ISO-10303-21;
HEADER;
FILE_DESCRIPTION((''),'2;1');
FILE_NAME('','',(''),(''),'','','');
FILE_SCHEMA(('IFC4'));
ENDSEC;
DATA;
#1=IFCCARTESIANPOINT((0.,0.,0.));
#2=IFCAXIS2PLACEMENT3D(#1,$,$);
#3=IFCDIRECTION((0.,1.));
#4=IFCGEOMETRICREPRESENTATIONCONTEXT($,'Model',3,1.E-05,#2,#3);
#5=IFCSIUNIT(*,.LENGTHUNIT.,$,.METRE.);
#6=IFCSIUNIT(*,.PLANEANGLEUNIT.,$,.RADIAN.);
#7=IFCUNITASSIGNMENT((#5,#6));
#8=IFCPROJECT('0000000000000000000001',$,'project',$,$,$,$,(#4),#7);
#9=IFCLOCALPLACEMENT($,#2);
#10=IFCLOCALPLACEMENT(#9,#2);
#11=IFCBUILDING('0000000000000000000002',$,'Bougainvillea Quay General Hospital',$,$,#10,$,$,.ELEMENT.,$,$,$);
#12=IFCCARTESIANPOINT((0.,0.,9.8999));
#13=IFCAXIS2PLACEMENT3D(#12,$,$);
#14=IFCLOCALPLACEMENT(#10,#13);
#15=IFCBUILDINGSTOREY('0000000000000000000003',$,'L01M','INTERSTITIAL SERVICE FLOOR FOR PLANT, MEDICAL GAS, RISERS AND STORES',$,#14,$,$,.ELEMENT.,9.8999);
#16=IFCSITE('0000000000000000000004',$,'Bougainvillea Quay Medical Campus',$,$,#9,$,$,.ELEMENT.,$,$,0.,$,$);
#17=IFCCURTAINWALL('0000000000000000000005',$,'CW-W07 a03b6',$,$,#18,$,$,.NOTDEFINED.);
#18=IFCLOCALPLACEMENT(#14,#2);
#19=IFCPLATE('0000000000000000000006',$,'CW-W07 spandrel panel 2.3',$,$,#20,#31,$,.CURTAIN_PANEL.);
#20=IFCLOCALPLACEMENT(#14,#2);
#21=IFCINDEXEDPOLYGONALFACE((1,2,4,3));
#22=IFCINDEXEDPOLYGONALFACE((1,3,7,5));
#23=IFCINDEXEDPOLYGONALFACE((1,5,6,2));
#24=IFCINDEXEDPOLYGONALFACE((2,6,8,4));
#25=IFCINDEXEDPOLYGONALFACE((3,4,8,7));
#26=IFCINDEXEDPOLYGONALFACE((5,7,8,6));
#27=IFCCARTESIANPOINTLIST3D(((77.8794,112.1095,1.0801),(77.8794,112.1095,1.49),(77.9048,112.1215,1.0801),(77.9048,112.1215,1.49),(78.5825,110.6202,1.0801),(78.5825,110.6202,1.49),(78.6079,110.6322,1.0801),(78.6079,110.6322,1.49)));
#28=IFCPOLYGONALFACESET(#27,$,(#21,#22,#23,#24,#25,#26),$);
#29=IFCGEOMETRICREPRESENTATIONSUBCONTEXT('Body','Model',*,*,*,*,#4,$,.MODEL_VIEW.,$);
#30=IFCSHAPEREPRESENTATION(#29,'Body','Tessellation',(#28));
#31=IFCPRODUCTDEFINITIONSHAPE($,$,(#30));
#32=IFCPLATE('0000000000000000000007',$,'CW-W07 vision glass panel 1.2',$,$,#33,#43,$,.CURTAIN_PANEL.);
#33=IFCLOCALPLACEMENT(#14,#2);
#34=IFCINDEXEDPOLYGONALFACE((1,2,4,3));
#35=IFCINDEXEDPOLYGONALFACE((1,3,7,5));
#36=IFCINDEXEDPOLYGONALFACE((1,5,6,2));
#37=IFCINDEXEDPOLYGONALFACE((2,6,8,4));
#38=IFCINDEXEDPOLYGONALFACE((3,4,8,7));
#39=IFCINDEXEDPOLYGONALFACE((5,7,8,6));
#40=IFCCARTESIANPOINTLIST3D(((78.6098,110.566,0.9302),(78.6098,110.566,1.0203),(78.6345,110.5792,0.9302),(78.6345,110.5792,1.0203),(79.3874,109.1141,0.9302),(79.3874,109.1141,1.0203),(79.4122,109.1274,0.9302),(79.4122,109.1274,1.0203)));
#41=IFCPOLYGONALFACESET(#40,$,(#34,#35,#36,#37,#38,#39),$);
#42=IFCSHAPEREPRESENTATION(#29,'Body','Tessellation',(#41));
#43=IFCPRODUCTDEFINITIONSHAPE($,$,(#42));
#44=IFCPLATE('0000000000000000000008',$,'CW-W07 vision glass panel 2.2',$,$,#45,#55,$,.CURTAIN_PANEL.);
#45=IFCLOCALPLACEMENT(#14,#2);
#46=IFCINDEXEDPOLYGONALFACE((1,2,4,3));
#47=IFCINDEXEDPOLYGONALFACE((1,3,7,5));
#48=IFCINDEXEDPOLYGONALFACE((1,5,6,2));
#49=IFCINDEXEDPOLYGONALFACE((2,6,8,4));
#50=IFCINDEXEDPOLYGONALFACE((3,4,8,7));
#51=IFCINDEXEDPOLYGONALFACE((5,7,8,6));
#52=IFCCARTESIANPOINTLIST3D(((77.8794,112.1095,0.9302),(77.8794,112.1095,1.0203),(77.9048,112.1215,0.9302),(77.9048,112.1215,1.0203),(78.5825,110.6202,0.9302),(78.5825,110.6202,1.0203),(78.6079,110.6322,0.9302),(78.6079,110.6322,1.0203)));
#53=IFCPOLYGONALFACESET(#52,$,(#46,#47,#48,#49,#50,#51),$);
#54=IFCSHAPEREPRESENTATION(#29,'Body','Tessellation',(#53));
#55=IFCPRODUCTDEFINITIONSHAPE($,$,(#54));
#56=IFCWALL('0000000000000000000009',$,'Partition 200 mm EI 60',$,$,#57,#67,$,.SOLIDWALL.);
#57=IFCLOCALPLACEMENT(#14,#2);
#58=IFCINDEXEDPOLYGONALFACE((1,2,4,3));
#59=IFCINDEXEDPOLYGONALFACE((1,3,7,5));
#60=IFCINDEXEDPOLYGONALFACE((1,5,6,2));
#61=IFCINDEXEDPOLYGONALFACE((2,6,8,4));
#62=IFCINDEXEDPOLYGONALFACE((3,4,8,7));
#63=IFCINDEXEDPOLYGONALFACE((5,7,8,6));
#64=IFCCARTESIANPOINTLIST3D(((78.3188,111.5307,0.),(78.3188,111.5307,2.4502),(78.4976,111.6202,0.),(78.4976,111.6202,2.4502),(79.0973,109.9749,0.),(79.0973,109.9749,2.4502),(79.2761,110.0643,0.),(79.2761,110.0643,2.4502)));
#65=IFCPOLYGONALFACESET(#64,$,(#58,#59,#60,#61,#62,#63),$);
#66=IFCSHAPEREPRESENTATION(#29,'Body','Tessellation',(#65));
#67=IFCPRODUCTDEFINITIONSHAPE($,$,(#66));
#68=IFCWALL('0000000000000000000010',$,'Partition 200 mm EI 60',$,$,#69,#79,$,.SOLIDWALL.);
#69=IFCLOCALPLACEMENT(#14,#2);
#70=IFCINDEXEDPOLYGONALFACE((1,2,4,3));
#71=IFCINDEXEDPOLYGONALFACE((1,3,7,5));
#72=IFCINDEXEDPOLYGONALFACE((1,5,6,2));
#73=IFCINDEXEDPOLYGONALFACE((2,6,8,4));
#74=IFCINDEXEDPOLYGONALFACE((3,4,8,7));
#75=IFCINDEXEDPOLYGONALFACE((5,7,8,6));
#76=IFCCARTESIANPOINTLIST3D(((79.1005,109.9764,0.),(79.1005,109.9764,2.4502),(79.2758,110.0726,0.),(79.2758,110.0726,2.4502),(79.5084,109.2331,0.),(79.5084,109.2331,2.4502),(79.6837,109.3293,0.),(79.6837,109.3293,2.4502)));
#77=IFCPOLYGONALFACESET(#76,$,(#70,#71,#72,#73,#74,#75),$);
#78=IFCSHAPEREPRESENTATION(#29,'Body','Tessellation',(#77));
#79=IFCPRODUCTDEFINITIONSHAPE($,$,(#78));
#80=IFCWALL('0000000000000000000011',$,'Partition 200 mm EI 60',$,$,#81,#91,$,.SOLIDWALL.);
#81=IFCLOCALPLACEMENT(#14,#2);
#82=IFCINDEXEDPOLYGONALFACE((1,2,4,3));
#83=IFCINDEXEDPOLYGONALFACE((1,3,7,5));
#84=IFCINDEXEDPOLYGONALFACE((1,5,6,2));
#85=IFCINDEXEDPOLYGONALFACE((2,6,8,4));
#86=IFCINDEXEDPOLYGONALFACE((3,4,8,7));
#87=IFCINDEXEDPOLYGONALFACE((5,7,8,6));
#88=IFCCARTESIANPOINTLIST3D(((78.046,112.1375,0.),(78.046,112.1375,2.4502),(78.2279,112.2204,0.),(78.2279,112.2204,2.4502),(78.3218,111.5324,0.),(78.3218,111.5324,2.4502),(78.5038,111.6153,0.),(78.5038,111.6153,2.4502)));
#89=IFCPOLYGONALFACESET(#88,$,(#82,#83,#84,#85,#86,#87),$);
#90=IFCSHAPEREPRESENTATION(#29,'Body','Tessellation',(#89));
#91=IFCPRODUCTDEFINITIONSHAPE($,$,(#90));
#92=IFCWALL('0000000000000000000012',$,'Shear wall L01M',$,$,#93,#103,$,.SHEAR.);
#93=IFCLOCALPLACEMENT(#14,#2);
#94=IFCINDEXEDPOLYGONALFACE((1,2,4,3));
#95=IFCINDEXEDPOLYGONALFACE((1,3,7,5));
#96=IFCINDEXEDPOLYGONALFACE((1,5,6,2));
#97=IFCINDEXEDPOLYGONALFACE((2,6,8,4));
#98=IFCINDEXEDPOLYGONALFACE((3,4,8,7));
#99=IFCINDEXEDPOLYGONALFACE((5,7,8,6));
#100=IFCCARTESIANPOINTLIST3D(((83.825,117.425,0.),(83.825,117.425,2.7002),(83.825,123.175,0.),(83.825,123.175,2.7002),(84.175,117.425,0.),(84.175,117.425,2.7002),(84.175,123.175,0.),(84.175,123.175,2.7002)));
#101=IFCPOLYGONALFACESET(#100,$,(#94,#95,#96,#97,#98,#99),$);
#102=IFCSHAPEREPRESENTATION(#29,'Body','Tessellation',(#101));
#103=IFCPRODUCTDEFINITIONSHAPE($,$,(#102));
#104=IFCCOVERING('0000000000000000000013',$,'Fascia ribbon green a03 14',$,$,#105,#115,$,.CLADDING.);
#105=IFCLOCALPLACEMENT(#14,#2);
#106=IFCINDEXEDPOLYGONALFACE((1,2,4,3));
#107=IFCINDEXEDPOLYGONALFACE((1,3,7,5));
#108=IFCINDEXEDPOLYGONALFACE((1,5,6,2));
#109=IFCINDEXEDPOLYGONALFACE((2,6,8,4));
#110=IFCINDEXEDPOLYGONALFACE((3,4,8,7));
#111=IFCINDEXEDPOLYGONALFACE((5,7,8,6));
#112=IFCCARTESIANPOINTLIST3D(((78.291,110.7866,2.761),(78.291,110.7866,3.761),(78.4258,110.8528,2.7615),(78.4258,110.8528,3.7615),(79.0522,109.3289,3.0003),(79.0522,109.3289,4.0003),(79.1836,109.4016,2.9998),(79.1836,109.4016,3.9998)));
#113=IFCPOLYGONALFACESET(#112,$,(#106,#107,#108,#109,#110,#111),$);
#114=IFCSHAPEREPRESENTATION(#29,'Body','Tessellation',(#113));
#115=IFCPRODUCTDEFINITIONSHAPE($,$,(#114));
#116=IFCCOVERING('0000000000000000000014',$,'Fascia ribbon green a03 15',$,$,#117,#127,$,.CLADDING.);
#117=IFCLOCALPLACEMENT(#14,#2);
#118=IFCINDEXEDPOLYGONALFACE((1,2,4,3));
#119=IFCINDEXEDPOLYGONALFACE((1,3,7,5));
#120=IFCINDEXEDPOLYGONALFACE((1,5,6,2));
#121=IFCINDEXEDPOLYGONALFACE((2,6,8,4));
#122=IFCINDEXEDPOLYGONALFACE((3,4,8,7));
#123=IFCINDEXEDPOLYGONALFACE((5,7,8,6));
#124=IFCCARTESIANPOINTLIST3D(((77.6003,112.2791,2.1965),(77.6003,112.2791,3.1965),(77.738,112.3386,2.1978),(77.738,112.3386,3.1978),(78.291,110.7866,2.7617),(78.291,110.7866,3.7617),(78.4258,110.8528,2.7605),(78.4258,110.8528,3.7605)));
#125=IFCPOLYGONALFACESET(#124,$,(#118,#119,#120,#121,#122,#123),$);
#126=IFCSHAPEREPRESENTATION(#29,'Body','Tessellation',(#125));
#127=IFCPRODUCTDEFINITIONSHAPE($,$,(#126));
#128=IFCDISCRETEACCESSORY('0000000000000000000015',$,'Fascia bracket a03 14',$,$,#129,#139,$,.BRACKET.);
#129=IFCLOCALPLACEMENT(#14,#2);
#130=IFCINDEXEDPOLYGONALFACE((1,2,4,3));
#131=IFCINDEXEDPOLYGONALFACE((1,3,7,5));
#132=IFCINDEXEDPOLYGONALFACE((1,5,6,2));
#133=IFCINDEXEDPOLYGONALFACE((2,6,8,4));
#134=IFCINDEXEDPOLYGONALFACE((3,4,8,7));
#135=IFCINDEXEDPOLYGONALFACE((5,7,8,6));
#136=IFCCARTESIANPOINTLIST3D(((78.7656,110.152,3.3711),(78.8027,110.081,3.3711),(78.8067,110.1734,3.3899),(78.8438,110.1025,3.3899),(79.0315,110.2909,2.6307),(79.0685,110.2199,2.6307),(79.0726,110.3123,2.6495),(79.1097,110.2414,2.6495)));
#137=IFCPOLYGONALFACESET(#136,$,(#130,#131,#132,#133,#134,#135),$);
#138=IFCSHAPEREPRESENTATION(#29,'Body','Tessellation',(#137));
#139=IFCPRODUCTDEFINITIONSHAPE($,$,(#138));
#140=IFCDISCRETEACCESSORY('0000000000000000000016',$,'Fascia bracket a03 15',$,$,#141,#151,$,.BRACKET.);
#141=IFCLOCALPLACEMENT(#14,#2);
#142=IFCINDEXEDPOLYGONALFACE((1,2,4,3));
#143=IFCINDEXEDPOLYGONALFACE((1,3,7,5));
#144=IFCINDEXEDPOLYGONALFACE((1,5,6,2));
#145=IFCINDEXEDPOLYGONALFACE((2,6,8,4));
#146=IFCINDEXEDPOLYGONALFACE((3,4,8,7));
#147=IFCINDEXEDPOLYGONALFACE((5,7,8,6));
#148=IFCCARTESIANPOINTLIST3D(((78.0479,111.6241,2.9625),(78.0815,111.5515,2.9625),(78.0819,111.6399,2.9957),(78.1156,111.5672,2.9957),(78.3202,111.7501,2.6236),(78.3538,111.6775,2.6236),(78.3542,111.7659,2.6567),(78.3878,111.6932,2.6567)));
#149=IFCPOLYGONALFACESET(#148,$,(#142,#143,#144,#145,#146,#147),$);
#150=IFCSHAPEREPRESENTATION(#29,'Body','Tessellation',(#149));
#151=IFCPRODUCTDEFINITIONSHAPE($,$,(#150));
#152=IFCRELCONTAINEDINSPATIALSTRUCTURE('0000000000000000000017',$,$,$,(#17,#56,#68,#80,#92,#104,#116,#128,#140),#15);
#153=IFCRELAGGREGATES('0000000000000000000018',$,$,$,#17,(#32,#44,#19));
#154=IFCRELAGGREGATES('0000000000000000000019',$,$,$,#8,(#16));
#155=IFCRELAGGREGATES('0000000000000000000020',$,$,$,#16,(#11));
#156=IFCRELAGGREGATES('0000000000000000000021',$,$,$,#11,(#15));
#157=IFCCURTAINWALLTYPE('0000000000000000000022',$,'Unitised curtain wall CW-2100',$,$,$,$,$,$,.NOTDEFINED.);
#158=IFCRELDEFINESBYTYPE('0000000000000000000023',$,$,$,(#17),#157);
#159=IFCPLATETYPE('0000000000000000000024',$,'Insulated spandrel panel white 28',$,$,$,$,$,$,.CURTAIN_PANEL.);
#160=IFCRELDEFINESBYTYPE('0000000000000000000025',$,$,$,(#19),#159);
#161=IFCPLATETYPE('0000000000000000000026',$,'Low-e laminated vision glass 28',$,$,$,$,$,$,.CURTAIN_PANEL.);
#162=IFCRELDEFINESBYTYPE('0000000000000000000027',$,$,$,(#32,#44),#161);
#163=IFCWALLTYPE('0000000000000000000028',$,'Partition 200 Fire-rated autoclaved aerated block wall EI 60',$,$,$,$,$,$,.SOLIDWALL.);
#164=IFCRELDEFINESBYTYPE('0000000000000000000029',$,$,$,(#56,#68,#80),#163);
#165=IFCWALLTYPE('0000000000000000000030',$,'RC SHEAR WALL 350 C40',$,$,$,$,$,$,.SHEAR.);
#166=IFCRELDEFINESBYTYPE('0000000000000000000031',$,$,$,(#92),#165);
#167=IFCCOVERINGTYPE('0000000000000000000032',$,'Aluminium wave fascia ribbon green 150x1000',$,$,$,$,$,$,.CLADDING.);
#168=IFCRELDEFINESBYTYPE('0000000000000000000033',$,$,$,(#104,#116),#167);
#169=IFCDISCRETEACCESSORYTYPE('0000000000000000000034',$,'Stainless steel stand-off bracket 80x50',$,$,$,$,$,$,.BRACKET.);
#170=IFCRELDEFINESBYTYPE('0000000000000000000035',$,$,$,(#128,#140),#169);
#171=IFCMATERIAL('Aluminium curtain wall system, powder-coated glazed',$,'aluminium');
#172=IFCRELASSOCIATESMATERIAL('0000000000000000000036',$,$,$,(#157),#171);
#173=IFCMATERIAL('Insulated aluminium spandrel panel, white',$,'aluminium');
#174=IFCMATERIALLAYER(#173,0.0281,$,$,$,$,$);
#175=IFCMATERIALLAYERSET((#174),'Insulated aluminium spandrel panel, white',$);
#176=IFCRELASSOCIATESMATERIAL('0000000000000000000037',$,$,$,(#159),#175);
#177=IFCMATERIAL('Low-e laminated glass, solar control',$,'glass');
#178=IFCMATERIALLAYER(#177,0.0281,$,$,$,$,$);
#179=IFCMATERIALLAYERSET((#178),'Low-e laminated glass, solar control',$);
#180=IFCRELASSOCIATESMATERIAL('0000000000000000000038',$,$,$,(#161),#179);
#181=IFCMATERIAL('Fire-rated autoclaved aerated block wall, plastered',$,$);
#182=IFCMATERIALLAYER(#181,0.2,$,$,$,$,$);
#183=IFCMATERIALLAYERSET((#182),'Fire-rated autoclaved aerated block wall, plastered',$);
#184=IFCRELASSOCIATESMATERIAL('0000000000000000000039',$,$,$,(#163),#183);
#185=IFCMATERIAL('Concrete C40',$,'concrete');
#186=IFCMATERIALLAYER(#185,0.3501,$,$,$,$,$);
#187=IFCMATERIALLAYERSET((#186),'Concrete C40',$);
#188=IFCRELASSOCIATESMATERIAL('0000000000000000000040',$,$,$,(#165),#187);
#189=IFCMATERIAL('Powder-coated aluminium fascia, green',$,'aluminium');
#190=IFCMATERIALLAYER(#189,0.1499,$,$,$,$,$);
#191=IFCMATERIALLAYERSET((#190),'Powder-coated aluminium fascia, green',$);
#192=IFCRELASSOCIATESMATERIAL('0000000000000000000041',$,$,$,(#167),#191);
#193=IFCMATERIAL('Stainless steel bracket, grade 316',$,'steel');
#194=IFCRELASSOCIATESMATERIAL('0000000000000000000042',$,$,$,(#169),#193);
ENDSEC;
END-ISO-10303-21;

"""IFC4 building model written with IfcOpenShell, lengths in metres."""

from ifc_helpers import new_model, si_unit, direction, frame, frame_2d, origin, origin_2d, place, context, subcontext, project, spatial, polyline, rectangle, outline, extrude, material, layer, layer_set, material_profile, profile_set, type_object, element, aggregate, save


model = new_model("IFC4")

# Units and contexts
model_context = context("Model", 3, precision=1e-05, world=origin(), true_north=direction((0.0, 1.0)))
body_context = subcontext(model_context, "Body", "Model", "MODEL_VIEW")
ifc_project = project(units=[si_unit("LENGTHUNIT", "METRE"), si_unit("PLANEANGLEUNIT", "RADIAN")], contexts=[model_context])

# Site, building, storey
site_placement = place(None, origin())
site = spatial("IfcSite", under=ifc_project, at=site_placement, Name="Bougainvillea Quay Medical Campus", CompositionType="ELEMENT", RefElevation=0.0)
building_placement = place(site_placement, origin())
building = spatial("IfcBuilding", under=site, at=building_placement, Name="Bougainvillea Quay General Hospital", CompositionType="ELEMENT")
storey_placement = place(building_placement, frame((0.0, 0.0, 9.8999)))
storey = spatial("IfcBuildingStorey", under=building, at=storey_placement, Name="L01M", Description="INTERSTITIAL SERVICE FLOOR FOR PLANT, MEDICAL GAS, RISERS AND STORES", CompositionType="ELEMENT", Elevation=9.8999)

# Curtain wall
ifc_material_1 = material(Name="Aluminium curtain wall system, powder-coated glazed", Category="aluminium")
curtain_wall_type = type_object("IfcCurtainWallType", Name="Unitised curtain wall CW-2100", PredefinedType="NOTDEFINED", material=ifc_material_1)
curtain_wall_1_placement = place(storey_placement, origin())
curtain_wall_1 = element("IfcCurtainWall", 1, at=curtain_wall_1_placement, inside=storey, type_object=curtain_wall_type, Name="CW-W07 a03b6", PredefinedType="NOTDEFINED")

# Plates
ifc_material_2 = material(Name="Insulated aluminium spandrel panel, white", Category="aluminium")
ifc_layer_1 = layer(ifc_material_2, 0.0281)
ifc_layer_set_1 = layer_set([ifc_layer_1], Name="Insulated aluminium spandrel panel, white")
plate_type_1 = type_object("IfcPlateType", Name="Insulated spandrel panel white 28", PredefinedType="CURTAIN_PANEL", material=ifc_layer_set_1)
plate_1_placement = place(storey_placement, frame((78.2437, 111.3708, 1.0801), z_axis=(0.0, 0.0, 1.0), x_axis=(-0.426869, 0.904314, 0.0)))
plate_1 = element("IfcPlate", 2, at=plate_1_placement, type_object=plate_type_1, Name="CW-W07 spandrel panel 2.3", PredefinedType="CURTAIN_PANEL", context=body_context, shape_type="SweptSolid", body=[
    extrude(rectangle(XDim=1.647, YDim=0.0281, at=origin_2d()), origin(), (0.0, 0.0, 1.0), 0.4099),
])
ifc_material_3 = material(Name="Low-e laminated glass, solar control", Category="glass")
ifc_layer_2 = layer(ifc_material_3, 0.0281)
ifc_layer_set_2 = layer_set([ifc_layer_2], Name="Low-e laminated glass, solar control")
plate_type_2 = type_object("IfcPlateType", Name="Low-e laminated vision glass 28", PredefinedType="CURTAIN_PANEL", material=ifc_layer_set_2)
plate_2_placement = place(storey_placement, frame((79.011, 109.8467, 0.9302), z_axis=(0.0, 0.0, 1.0), x_axis=(-0.472166, 0.88151, 0.0)))
plate_2 = element("IfcPlate", 3, at=plate_2_placement, type_object=plate_type_2, Name="CW-W07 vision glass panel 1.2", PredefinedType="CURTAIN_PANEL", context=body_context, shape_type="SweptSolid", body=[
    extrude(rectangle(XDim=1.647, YDim=0.0281, at=origin_2d()), origin(), (0.0, 0.0, 1.0), 0.0901),
])
plate_3_placement = place(storey_placement, frame((78.2437, 111.3708, 0.9302), z_axis=(0.0, 0.0, 1.0), x_axis=(-0.426869, 0.904314, 0.0)))
plate_3 = element("IfcPlate", 4, at=plate_3_placement, type_object=plate_type_2, Name="CW-W07 vision glass panel 2.2", PredefinedType="CURTAIN_PANEL", context=body_context, shape_type="SweptSolid", body=[
    extrude(rectangle(XDim=1.647, YDim=0.0281, at=origin_2d()), origin(), (0.0, 0.0, 1.0), 0.0901),
])
aggregate(curtain_wall_1, [plate_2, plate_3, plate_1])

# Walls
ifc_material_4 = material(Name="Fire-rated autoclaved aerated block wall, plastered")
ifc_layer_3 = layer(ifc_material_4, 0.2)
ifc_layer_set_3 = layer_set([ifc_layer_3], Name="Fire-rated autoclaved aerated block wall, plastered")
wall_type_1 = type_object("IfcWallType", Name="Partition 200 Fire-rated autoclaved aerated block wall EI 60", PredefinedType="SOLIDWALL", material=ifc_layer_set_3)
wall_1_placement = place(storey_placement, frame((78.4082, 111.5754, 0.0), z_axis=(0.0, 0.0, 1.0), x_axis=(0.447494, -0.894287, 0.0)))
element("IfcWall", 5, at=wall_1_placement, inside=storey, type_object=wall_type_1, Name="Partition 200 mm EI 60", PredefinedType="SOLIDWALL", context=body_context, shape_type="SweptSolid", body=[
    extrude(rectangle(XDim=1.7397, YDim=0.2, at=frame_2d((0.8699, 0.0))), origin(), (0.0, 0.0, 1.0), 2.4502),
])
wall_2_placement = place(storey_placement, frame((79.1882, 110.0244, 0.0), z_axis=(0.0, 0.0, 1.0), x_axis=(0.48109, -0.876671, 0.0)))
element("IfcWall", 6, at=wall_2_placement, inside=storey, type_object=wall_type_1, Name="Partition 200 mm EI 60", PredefinedType="SOLIDWALL", context=body_context, shape_type="SweptSolid", body=[
    extrude(rectangle(XDim=0.8479, YDim=0.2, at=frame_2d((0.4238, 0.0))), origin(), (0.0, 0.0, 1.0), 2.4502),
])
wall_3_placement = place(storey_placement, frame((78.137, 112.179, 0.0), z_axis=(0.0, 0.0, 1.0), x_axis=(0.414771, -0.909926, 0.0)))
element("IfcWall", 7, at=wall_3_placement, inside=storey, type_object=wall_type_1, Name="Partition 200 mm EI 60", PredefinedType="SOLIDWALL", context=body_context, shape_type="SweptSolid", body=[
    extrude(rectangle(XDim=0.665, YDim=0.2, at=frame_2d((0.3325, 0.0))), origin(), (0.0, 0.0, 1.0), 2.4502),
])
ifc_material_5 = material(Name="Concrete C40", Category="concrete")
ifc_layer_4 = layer(ifc_material_5, 0.3501)
ifc_layer_set_4 = layer_set([ifc_layer_4], Name="Concrete C40")
wall_type_2 = type_object("IfcWallType", Name="RC SHEAR WALL 350 C40", PredefinedType="SHEAR", material=ifc_layer_set_4)
wall_4_placement = place(storey_placement, frame((84.0, 117.425, 0.0), z_axis=(0.0, 0.0, 1.0), x_axis=(0.0, 1.0, 0.0)))
element("IfcWall", 8, at=wall_4_placement, inside=storey, type_object=wall_type_2, Name="Shear wall L01M", PredefinedType="SHEAR", context=body_context, shape_type="SweptSolid", body=[
    extrude(rectangle(XDim=5.75, YDim=0.3501, at=frame_2d((2.875, 0.0))), origin(), (0.0, 0.0, 1.0), 2.7002),
])

# Coverings
ifc_material_6 = material(Name="Powder-coated aluminium fascia, green", Category="aluminium")
ifc_layer_5 = layer(ifc_material_6, 0.1499)
ifc_layer_set_5 = layer_set([ifc_layer_5], Name="Powder-coated aluminium fascia, green")
covering_type = type_object("IfcCoveringType", Name="Aluminium wave fascia ribbon green 150x1000", PredefinedType="CLADDING", material=ifc_layer_set_5)
covering_1_placement = place(storey_placement, frame((79.1836, 109.4016, 2.9998), z_axis=(-0.066638, 0.127654, 0.989578), x_axis=(-0.458068, 0.877176, -0.144)))
element("IfcCovering", 9, at=covering_1_placement, inside=storey, type_object=covering_type, Name="Fascia ribbon green a03 14", PredefinedType="CLADDING", context=body_context, shape_type="SweptSolid", body=[
    extrude(outline(polyline([(0.0, 0.0), (1.6544, 0.0), (1.6581, 0.1501), (-0.0037, 0.1501), (0.0, 0.0)])), origin(), (-0.144, 0.000021, 0.989578), 1.0),
])
covering_2_placement = place(storey_placement, frame((78.4258, 110.8528, 2.7605), z_axis=(-0.136191, 0.295124, 0.945703), x_axis=(-0.397243, 0.858226, -0.325032)))
element("IfcCovering", 10, at=covering_2_placement, inside=storey, type_object=covering_type, Name="Fascia ribbon green a03 15", PredefinedType="CLADDING", context=body_context, shape_type="SweptSolid", body=[
    extrude(outline(polyline([(0.0, 0.0), (1.7313, 0.0), (1.7353, 0.15), (-0.0036, 0.1501), (0.0, 0.0)])), origin(), (-0.325032, 0.000354, 0.945703), 1.0),
])

# Discrete accessories
ifc_material_7 = material(Name="Stainless steel bracket, grade 316", Category="steel")
ifc_material_profile_1 = material_profile(ifc_material_7, rectangle(XDim=0.0801, YDim=0.05, at=origin_2d()))
ifc_profile_set_1 = profile_set([ifc_material_profile_1], Name="Stainless steel bracket, grade 316")
discrete_accessory_type = type_object("IfcDiscreteAccessoryType", Name="Stainless steel stand-off bracket 80x50", PredefinedType="BRACKET", material=ifc_profile_set_1)
discrete_accessory_1_placement = place(storey_placement, frame((79.0706, 110.2661, 2.6401), z_axis=(-0.332781, -0.173877, 0.926835), x_axis=(0.463094, -0.886309, 0.0)))
element("IfcDiscreteAccessory", 11, at=discrete_accessory_1_placement, inside=storey, type_object=discrete_accessory_type, Name="Fascia bracket a03 14", PredefinedType="BRACKET", context=body_context, shape_type="SweptSolid", body=[
    extrude(rectangle(XDim=0.0801, YDim=0.05, at=origin_2d()), origin(), (0.0, 0.0, 1.0), 0.7988),
])
discrete_accessory_2_placement = place(storey_placement, frame((78.354, 111.7217, 2.6401), z_axis=(-0.601515, -0.278369, 0.748792), x_axis=(0.419987, -0.90753, 0.0)))
element("IfcDiscreteAccessory", 12, at=discrete_accessory_2_placement, inside=storey, type_object=discrete_accessory_type, Name="Fascia bracket a03 15", PredefinedType="BRACKET", context=body_context, shape_type="SweptSolid", body=[
    extrude(rectangle(XDim=0.0801, YDim=0.05, at=origin_2d()), origin(), (0.0, 0.0, 1.0), 0.4526),
])

save(model, "model.ifc")
